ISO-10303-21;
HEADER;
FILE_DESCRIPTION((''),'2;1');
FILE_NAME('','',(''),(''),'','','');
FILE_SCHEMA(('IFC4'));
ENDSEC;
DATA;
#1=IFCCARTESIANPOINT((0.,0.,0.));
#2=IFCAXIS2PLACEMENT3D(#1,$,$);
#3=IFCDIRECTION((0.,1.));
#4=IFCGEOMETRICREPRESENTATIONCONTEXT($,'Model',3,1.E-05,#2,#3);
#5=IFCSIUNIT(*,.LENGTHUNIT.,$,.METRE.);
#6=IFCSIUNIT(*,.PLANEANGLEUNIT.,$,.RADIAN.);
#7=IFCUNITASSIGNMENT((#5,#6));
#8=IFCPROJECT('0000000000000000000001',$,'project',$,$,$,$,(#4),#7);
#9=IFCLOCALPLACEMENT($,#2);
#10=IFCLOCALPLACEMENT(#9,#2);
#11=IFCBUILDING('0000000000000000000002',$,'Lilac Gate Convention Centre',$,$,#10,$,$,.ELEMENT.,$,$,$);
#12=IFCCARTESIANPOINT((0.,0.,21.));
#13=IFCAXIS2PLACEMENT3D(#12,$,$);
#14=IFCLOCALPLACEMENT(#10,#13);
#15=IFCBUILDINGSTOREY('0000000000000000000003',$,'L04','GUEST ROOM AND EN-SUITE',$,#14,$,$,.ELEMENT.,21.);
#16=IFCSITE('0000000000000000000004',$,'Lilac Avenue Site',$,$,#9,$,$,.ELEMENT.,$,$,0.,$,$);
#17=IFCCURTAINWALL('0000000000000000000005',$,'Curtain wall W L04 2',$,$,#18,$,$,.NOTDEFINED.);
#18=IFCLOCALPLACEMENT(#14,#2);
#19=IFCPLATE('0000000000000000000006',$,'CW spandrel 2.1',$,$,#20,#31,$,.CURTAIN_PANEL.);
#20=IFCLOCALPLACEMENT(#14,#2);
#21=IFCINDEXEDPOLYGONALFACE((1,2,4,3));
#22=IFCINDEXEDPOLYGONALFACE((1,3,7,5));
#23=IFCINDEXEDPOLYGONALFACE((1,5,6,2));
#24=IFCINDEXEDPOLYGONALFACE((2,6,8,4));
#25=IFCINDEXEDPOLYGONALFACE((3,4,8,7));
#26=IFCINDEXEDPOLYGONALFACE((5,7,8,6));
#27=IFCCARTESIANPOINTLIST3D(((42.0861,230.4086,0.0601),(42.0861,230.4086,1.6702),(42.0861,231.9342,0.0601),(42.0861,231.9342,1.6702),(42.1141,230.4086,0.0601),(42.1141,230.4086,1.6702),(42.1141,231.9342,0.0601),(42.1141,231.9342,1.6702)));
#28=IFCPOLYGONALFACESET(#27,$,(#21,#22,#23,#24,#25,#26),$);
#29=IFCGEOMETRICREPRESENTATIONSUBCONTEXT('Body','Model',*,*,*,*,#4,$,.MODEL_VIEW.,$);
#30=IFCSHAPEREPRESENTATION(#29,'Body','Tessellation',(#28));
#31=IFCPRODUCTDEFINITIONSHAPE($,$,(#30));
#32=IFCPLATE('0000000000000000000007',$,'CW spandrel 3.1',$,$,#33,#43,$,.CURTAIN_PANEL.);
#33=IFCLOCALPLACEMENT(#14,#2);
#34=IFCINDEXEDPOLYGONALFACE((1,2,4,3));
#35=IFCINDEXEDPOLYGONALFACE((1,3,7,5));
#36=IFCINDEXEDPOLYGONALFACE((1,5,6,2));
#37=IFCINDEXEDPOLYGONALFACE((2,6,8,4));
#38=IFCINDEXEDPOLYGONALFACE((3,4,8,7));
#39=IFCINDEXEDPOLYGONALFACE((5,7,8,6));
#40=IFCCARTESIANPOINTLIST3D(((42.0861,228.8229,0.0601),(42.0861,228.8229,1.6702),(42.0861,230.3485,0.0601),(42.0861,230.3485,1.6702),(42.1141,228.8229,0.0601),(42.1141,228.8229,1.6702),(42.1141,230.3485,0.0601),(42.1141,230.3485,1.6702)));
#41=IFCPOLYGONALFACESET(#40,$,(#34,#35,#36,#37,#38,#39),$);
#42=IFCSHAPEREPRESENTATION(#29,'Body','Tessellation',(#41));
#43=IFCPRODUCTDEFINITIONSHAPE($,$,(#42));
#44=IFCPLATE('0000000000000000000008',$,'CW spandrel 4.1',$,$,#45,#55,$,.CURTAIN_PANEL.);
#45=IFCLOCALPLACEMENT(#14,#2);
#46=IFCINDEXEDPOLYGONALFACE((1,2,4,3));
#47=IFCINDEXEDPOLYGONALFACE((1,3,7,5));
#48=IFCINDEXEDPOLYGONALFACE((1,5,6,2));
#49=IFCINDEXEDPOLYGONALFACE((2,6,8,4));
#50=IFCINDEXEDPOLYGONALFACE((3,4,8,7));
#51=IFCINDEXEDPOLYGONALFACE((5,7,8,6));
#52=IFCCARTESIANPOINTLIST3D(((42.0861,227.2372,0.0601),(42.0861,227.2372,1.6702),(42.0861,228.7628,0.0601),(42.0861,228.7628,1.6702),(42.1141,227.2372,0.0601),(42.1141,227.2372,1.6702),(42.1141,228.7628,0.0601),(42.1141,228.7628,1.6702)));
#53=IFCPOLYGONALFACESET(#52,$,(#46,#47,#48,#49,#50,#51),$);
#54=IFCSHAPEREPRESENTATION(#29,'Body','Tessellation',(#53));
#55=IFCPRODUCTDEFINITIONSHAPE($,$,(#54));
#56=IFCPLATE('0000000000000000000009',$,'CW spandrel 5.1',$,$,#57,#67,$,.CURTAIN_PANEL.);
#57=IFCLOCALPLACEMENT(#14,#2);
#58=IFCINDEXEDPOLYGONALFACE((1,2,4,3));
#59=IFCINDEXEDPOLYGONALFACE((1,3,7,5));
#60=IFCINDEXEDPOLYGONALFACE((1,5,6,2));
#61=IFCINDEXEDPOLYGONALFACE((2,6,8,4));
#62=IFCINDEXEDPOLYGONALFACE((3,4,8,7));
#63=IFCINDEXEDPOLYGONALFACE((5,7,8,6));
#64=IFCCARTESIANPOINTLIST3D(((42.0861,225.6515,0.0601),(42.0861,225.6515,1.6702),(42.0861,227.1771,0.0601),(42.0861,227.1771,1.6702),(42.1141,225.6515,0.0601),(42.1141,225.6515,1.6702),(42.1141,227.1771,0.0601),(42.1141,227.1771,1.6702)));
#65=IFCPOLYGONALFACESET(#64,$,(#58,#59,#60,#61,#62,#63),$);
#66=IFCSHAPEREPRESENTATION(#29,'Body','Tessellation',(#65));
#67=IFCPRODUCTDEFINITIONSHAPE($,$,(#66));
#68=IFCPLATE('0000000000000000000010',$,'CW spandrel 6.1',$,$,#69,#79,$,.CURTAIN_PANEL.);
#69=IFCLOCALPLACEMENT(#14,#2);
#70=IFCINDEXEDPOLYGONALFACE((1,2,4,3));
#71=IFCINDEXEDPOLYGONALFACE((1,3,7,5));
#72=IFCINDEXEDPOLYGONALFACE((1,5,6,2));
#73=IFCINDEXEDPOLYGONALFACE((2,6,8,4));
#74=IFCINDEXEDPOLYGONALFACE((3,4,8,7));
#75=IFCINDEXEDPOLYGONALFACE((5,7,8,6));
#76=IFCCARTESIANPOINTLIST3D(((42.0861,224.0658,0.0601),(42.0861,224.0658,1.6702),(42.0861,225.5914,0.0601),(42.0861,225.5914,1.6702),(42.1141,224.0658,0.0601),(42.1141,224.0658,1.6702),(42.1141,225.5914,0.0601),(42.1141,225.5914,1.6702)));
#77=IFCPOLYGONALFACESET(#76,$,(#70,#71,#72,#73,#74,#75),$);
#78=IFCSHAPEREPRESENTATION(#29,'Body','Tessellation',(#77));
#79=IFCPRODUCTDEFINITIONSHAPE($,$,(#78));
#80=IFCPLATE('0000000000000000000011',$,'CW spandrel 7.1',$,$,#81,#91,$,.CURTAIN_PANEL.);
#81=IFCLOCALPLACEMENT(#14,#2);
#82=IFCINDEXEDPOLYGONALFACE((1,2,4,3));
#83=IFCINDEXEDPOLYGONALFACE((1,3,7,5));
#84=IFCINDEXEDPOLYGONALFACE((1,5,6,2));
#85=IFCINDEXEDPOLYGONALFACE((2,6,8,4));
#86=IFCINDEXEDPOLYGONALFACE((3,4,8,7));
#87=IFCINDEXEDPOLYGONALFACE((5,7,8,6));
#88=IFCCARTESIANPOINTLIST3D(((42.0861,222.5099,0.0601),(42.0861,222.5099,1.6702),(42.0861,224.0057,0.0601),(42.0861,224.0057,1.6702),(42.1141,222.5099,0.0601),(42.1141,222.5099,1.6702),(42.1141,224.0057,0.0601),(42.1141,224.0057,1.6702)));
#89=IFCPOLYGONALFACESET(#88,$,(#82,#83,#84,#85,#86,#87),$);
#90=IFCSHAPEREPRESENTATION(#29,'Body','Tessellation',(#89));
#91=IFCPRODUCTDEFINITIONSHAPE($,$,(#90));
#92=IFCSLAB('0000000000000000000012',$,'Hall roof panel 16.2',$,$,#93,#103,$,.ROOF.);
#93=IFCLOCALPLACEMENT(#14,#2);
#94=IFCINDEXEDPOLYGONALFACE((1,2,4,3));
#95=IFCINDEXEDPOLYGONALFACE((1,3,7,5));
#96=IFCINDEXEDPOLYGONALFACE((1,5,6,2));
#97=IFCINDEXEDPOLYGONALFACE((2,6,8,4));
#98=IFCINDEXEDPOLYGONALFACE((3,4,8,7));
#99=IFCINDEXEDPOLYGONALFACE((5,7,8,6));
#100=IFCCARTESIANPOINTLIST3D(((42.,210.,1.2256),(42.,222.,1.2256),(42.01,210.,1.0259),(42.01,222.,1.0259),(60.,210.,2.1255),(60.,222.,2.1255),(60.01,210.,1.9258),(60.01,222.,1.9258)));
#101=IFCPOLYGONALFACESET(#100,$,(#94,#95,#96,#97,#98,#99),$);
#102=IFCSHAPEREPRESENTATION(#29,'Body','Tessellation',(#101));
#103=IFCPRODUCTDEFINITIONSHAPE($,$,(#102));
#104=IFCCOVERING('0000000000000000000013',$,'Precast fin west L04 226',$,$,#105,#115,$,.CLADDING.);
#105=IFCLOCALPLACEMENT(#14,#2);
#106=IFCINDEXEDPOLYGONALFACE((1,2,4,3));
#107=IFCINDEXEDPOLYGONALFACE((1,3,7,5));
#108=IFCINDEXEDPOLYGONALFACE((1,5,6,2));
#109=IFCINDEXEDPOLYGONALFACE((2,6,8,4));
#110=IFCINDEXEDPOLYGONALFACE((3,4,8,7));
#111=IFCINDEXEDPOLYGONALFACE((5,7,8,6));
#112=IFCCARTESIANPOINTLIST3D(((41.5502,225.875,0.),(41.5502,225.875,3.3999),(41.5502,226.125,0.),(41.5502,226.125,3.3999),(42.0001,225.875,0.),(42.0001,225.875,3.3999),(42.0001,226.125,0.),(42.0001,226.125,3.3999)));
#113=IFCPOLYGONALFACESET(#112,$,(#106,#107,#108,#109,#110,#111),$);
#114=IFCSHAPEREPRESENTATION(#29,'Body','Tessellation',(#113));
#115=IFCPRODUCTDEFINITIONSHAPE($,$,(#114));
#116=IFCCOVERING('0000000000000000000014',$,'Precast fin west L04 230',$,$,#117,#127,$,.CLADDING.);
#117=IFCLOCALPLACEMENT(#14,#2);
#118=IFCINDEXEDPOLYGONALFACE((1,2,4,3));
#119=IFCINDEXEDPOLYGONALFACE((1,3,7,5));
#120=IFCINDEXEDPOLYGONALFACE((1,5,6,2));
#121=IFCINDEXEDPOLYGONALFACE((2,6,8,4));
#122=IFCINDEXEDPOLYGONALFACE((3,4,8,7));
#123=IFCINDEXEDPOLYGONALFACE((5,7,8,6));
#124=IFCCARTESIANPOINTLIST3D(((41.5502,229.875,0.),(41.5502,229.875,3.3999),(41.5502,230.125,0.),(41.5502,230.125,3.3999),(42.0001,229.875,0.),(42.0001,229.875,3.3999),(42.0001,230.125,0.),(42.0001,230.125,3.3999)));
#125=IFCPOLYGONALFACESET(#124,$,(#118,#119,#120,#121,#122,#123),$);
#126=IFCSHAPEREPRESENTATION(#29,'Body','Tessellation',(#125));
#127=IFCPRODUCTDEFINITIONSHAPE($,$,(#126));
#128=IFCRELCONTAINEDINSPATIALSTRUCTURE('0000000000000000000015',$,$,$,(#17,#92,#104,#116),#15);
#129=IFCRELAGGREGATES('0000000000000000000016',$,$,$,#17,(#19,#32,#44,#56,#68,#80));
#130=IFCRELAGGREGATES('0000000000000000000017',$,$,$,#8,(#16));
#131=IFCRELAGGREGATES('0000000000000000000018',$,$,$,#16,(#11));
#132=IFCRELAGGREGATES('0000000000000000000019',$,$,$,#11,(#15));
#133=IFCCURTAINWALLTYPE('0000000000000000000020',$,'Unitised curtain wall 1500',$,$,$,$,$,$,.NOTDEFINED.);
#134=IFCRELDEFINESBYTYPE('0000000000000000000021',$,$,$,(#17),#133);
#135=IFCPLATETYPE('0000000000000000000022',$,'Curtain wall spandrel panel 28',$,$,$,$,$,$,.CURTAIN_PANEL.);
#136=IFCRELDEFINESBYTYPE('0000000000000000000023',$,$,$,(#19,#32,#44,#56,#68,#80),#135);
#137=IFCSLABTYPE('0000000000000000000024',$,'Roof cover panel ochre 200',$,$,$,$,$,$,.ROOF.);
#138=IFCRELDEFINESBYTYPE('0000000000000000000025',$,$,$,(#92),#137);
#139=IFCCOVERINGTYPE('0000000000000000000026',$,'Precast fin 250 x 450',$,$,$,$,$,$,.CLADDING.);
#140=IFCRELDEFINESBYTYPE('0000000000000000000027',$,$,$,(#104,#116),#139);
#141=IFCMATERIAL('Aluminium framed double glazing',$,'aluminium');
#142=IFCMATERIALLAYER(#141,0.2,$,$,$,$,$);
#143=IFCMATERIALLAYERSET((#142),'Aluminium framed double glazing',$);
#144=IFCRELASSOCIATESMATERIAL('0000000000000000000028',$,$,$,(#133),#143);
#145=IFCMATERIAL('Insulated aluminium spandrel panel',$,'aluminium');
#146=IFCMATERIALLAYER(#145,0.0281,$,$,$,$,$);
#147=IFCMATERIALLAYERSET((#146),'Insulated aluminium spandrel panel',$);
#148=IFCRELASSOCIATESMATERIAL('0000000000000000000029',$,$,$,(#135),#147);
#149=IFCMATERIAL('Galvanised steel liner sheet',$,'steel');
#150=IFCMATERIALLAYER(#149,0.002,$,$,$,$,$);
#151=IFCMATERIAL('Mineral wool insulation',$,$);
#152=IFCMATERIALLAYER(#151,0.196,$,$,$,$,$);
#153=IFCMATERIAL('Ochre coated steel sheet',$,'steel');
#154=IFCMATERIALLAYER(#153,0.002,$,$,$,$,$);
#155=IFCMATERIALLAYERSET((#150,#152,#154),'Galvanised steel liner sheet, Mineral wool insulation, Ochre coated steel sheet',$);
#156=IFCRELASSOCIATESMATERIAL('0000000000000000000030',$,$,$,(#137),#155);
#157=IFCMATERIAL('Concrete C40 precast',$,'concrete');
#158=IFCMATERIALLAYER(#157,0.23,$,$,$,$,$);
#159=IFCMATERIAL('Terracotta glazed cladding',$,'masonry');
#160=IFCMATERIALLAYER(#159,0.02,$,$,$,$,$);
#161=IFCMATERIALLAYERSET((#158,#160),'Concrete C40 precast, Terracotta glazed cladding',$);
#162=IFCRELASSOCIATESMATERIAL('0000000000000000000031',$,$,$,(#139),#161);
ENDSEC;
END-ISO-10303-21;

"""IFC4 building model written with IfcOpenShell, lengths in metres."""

from ifc_helpers import new_model, si_unit, direction, frame, frame_2d, origin, origin_2d, place, context, subcontext, project, spatial, polyline, rectangle, outline, extrude, material, layer, layer_set, type_object, element, aggregate, save


model = new_model("IFC4")

# Units and contexts
model_context = context("Model", 3, precision=1e-05, world=origin(), true_north=direction((0.0, 1.0)))
body_context = subcontext(model_context, "Body", "Model", "MODEL_VIEW")
ifc_project = project(units=[si_unit("LENGTHUNIT", "METRE"), si_unit("PLANEANGLEUNIT", "RADIAN")], contexts=[model_context])

# Site, building, storey
site_placement = place(None, origin())
site = spatial("IfcSite", under=ifc_project, at=site_placement, Name="Lilac Avenue Site", CompositionType="ELEMENT", RefElevation=0.0)
building_placement = place(site_placement, origin())
building = spatial("IfcBuilding", under=site, at=building_placement, Name="Lilac Gate Convention Centre", CompositionType="ELEMENT")
storey_placement = place(building_placement, frame((0.0, 0.0, 21.0)))
storey = spatial("IfcBuildingStorey", under=building, at=storey_placement, Name="L04", Description="GUEST ROOM AND EN-SUITE", CompositionType="ELEMENT", Elevation=21.0)

# Curtain wall
ifc_material_1 = material(Name="Aluminium framed double glazing", Category="aluminium")
ifc_layer_1 = layer(ifc_material_1, 0.2)
ifc_layer_set_1 = layer_set([ifc_layer_1], Name="Aluminium framed double glazing")
curtain_wall_type = type_object("IfcCurtainWallType", Name="Unitised curtain wall 1500", PredefinedType="NOTDEFINED", material=ifc_layer_set_1)
curtain_wall_placement = place(storey_placement, origin())
curtain_wall = element("IfcCurtainWall", 1, at=curtain_wall_placement, inside=storey, type_object=curtain_wall_type, Name="Curtain wall W L04 2", PredefinedType="NOTDEFINED")

# Plates
ifc_material_2 = material(Name="Insulated aluminium spandrel panel", Category="aluminium")
ifc_layer_2 = layer(ifc_material_2, 0.0281)
ifc_layer_set_2 = layer_set([ifc_layer_2], Name="Insulated aluminium spandrel panel")
plate_type_1 = type_object("IfcPlateType", Name="Curtain wall spandrel panel 28", PredefinedType="CURTAIN_PANEL", material=ifc_layer_set_2)
plate_1_placement = place(storey_placement, frame((42.1001, 231.1714, 0.0601), z_axis=(0.0, 0.0, 1.0), x_axis=(0.0, -1.0, 0.0)))
plate_1 = element("IfcPlate", 2, at=plate_1_placement, type_object=plate_type_1, Name="CW spandrel 2.1", PredefinedType="CURTAIN_PANEL", context=body_context, shape_type="SweptSolid", body=[
    extrude(rectangle(XDim=1.5256, YDim=0.0281, at=origin_2d()), origin(), (0.0, 0.0, 1.0), 1.6101),
])
plate_2_placement = place(storey_placement, frame((42.1001, 229.5857, 0.0601), z_axis=(0.0, 0.0, 1.0), x_axis=(0.0, -1.0, 0.0)))
plate_2 = element("IfcPlate", 3, at=plate_2_placement, type_object=plate_type_1, Name="CW spandrel 3.1", PredefinedType="CURTAIN_PANEL", context=body_context, shape_type="SweptSolid", body=[
    extrude(rectangle(XDim=1.5256, YDim=0.0281, at=origin_2d()), origin(), (0.0, 0.0, 1.0), 1.6101),
])
plate_3_placement = place(storey_placement, frame((42.1001, 228.0, 0.0601), z_axis=(0.0, 0.0, 1.0), x_axis=(0.0, -1.0, 0.0)))
plate_3 = element("IfcPlate", 4, at=plate_3_placement, type_object=plate_type_1, Name="CW spandrel 4.1", PredefinedType="CURTAIN_PANEL", context=body_context, shape_type="SweptSolid", body=[
    extrude(rectangle(XDim=1.5256, YDim=0.0281, at=origin_2d()), origin(), (0.0, 0.0, 1.0), 1.6101),
])
plate_4_placement = place(storey_placement, frame((42.1001, 226.4143, 0.0601), z_axis=(0.0, 0.0, 1.0), x_axis=(0.0, -1.0, 0.0)))
plate_4 = element("IfcPlate", 5, at=plate_4_placement, type_object=plate_type_1, Name="CW spandrel 5.1", PredefinedType="CURTAIN_PANEL", context=body_context, shape_type="SweptSolid", body=[
    extrude(rectangle(XDim=1.5256, YDim=0.0281, at=origin_2d()), origin(), (0.0, 0.0, 1.0), 1.6101),
])
plate_5_placement = place(storey_placement, frame((42.1001, 224.8286, 0.0601), z_axis=(0.0, 0.0, 1.0), x_axis=(0.0, -1.0, 0.0)))
plate_5 = element("IfcPlate", 6, at=plate_5_placement, type_object=plate_type_1, Name="CW spandrel 6.1", PredefinedType="CURTAIN_PANEL", context=body_context, shape_type="SweptSolid", body=[
    extrude(rectangle(XDim=1.5256, YDim=0.0281, at=origin_2d()), origin(), (0.0, 0.0, 1.0), 1.6101),
])
plate_6_placement = place(storey_placement, frame((42.1001, 223.2578, 0.0601), z_axis=(0.0, 0.0, 1.0), x_axis=(0.0, -1.0, 0.0)))
plate_6 = element("IfcPlate", 7, at=plate_6_placement, type_object=plate_type_1, Name="CW spandrel 7.1", PredefinedType="CURTAIN_PANEL", context=body_context, shape_type="SweptSolid", body=[
    extrude(rectangle(XDim=1.4958, YDim=0.0281, at=origin_2d()), origin(), (0.0, 0.0, 1.0), 1.6101),
])
aggregate(curtain_wall, [plate_1, plate_2, plate_3, plate_4, plate_5, plate_6])

# Slab
ifc_material_3 = material(Name="Galvanised steel liner sheet", Category="steel")
ifc_layer_3 = layer(ifc_material_3, 0.002)
ifc_material_4 = material(Name="Mineral wool insulation")
ifc_layer_4 = layer(ifc_material_4, 0.196)
ifc_material_5 = material(Name="Ochre coated steel sheet", Category="steel")
ifc_layer_5 = layer(ifc_material_5, 0.002)
ifc_layer_set_3 = layer_set([ifc_layer_3, ifc_layer_4, ifc_layer_5], Name="Galvanised steel liner sheet, Mineral wool insulation, Ochre coated steel sheet")
slab_type = type_object("IfcSlabType", Name="Roof cover panel ochre 200", PredefinedType="ROOF", material=ifc_layer_set_3)
slab_placement = place(storey_placement, frame((42.0, 210.0, 1.2256), z_axis=(-0.049932, 0.0, 0.998753), x_axis=(0.998753, 0.0, 0.049932)))
element("IfcSlab", 8, at=slab_placement, inside=storey, type_object=slab_type, Name="Hall roof panel 16.2", PredefinedType="ROOF", context=body_context, shape_type="SweptSolid", body=[
    extrude(outline(polyline([(0.0, 0.0), (18.0225, 0.0), (18.0225, 12.0), (0.0, 12.0), (0.0, 0.0)])), origin(), (0.0, 0.0, -1.0), 0.2),
])

# Coverings
ifc_material_6 = material(Name="Concrete C40 precast", Category="concrete")
ifc_layer_6 = layer(ifc_material_6, 0.23)
ifc_material_7 = material(Name="Terracotta glazed cladding", Category="masonry")
ifc_layer_7 = layer(ifc_material_7, 0.02)
ifc_layer_set_4 = layer_set([ifc_layer_6, ifc_layer_7], Name="Concrete C40 precast, Terracotta glazed cladding")
covering_type = type_object("IfcCoveringType", Name="Precast fin 250 x 450", PredefinedType="CLADDING", material=ifc_layer_set_4)
for number, where, z_axis, x_axis, name in (
    (9, (41.55, 226.0, 0.0), (0.0, 0.0, 1.0), (1.0, 0.0, 0.0), "Precast fin west L04 226"),
    (10, (41.55, 230.0, 0.0), (0.0, 0.0, 1.0), (1.0, 0.0, 0.0), "Precast fin west L04 230"),
):
    element("IfcCovering", number, at=place(storey_placement, frame(where, z_axis=z_axis, x_axis=x_axis)), inside=storey, type_object=covering_type, Name=name, PredefinedType="CLADDING", context=body_context, shape_type="SweptSolid", body=[
        extrude(rectangle(XDim=0.45, YDim=0.25, at=frame_2d((0.2251, 0.0))), origin(), (0.0, 0.0, 1.0), 3.3999),
    ])

save(model, "model.ifc")
